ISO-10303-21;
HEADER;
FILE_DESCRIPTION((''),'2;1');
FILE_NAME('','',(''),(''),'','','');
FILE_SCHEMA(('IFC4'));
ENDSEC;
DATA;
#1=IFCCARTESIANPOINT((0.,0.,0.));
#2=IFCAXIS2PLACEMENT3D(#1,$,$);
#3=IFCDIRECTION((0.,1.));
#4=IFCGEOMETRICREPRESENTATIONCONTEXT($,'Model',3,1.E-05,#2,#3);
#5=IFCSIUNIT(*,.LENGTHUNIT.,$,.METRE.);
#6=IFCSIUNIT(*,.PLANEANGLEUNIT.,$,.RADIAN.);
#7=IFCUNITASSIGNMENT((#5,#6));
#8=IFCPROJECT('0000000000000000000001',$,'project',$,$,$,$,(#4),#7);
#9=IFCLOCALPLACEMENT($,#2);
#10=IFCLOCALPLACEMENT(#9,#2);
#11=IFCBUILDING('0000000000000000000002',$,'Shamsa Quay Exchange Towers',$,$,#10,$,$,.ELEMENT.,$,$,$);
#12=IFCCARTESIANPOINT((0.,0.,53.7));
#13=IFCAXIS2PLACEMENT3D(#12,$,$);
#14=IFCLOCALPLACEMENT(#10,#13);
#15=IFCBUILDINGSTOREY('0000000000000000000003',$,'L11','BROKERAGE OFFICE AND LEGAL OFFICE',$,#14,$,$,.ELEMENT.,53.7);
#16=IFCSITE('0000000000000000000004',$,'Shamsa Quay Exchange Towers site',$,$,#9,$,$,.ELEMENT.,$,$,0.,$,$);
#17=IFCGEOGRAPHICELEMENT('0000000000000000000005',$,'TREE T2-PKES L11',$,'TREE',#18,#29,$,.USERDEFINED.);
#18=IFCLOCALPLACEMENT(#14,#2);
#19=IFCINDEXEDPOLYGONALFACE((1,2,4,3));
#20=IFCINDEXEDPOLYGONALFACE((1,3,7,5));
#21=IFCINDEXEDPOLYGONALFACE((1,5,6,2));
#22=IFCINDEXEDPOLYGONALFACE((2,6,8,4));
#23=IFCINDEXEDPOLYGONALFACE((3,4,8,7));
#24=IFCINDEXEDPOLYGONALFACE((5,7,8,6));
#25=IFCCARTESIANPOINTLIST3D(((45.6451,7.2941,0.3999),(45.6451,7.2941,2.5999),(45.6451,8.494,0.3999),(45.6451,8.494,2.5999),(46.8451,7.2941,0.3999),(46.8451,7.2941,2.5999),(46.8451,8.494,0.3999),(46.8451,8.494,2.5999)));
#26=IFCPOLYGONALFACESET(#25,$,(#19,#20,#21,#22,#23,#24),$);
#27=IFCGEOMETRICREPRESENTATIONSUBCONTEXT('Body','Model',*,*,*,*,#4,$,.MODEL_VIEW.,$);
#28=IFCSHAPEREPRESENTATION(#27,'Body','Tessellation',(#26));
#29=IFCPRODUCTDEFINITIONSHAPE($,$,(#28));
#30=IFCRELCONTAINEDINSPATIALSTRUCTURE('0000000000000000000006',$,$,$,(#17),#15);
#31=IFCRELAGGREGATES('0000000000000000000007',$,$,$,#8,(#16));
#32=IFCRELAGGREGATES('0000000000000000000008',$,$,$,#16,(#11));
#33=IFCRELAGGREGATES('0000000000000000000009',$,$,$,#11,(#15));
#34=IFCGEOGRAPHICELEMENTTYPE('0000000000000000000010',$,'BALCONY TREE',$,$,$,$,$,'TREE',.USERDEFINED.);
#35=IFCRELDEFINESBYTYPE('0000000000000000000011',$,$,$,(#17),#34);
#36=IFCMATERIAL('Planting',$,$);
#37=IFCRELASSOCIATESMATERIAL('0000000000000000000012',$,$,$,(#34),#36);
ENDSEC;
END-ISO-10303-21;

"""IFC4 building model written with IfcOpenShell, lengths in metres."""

from ifc_helpers import new_model, si_unit, direction, frame, origin, origin_2d, place, context, subcontext, project, spatial, rectangle, extrude, material, type_object, element, save


model = new_model("IFC4")

# Units and contexts
model_context = context("Model", 3, precision=1e-05, world=origin(), true_north=direction((0.0, 1.0)))
body_context = subcontext(model_context, "Body", "Model", "MODEL_VIEW")
ifc_project = project(units=[si_unit("LENGTHUNIT", "METRE"), si_unit("PLANEANGLEUNIT", "RADIAN")], contexts=[model_context])

# Site, building, storey
site_placement = place(None, origin())
site = spatial("IfcSite", under=ifc_project, at=site_placement, Name="Shamsa Quay Exchange Towers site", CompositionType="ELEMENT", RefElevation=0.0)
building_placement = place(site_placement, origin())
building = spatial("IfcBuilding", under=site, at=building_placement, Name="Shamsa Quay Exchange Towers", CompositionType="ELEMENT")
storey_placement = place(building_placement, frame((0.0, 0.0, 53.7)))
storey = spatial("IfcBuildingStorey", under=building, at=storey_placement, Name="L11", Description="BROKERAGE OFFICE AND LEGAL OFFICE", CompositionType="ELEMENT", Elevation=53.7)

# Geographic element
ifc_material_1 = material(Name="Planting")
geographic_element_type = type_object("IfcGeographicElementType", Name="BALCONY TREE", ElementType="TREE", PredefinedType="USERDEFINED", material=ifc_material_1)
geographic_element_placement = place(storey_placement, frame((46.2451, 7.894, 0.3999), z_axis=(0.0, 0.0, 1.0), x_axis=(0.0, 1.0, 0.0)))
element("IfcGeographicElement", 1, at=geographic_element_placement, inside=storey, type_object=geographic_element_type, Name="TREE T2-PKES L11", ObjectType="TREE", PredefinedType="USERDEFINED", context=body_context, shape_type="SweptSolid", body=[
    extrude(rectangle(XDim=1.2, YDim=1.2, at=origin_2d()), origin(), (0.0, 0.0, 1.0), 2.2),
])

save(model, "model.ifc")
